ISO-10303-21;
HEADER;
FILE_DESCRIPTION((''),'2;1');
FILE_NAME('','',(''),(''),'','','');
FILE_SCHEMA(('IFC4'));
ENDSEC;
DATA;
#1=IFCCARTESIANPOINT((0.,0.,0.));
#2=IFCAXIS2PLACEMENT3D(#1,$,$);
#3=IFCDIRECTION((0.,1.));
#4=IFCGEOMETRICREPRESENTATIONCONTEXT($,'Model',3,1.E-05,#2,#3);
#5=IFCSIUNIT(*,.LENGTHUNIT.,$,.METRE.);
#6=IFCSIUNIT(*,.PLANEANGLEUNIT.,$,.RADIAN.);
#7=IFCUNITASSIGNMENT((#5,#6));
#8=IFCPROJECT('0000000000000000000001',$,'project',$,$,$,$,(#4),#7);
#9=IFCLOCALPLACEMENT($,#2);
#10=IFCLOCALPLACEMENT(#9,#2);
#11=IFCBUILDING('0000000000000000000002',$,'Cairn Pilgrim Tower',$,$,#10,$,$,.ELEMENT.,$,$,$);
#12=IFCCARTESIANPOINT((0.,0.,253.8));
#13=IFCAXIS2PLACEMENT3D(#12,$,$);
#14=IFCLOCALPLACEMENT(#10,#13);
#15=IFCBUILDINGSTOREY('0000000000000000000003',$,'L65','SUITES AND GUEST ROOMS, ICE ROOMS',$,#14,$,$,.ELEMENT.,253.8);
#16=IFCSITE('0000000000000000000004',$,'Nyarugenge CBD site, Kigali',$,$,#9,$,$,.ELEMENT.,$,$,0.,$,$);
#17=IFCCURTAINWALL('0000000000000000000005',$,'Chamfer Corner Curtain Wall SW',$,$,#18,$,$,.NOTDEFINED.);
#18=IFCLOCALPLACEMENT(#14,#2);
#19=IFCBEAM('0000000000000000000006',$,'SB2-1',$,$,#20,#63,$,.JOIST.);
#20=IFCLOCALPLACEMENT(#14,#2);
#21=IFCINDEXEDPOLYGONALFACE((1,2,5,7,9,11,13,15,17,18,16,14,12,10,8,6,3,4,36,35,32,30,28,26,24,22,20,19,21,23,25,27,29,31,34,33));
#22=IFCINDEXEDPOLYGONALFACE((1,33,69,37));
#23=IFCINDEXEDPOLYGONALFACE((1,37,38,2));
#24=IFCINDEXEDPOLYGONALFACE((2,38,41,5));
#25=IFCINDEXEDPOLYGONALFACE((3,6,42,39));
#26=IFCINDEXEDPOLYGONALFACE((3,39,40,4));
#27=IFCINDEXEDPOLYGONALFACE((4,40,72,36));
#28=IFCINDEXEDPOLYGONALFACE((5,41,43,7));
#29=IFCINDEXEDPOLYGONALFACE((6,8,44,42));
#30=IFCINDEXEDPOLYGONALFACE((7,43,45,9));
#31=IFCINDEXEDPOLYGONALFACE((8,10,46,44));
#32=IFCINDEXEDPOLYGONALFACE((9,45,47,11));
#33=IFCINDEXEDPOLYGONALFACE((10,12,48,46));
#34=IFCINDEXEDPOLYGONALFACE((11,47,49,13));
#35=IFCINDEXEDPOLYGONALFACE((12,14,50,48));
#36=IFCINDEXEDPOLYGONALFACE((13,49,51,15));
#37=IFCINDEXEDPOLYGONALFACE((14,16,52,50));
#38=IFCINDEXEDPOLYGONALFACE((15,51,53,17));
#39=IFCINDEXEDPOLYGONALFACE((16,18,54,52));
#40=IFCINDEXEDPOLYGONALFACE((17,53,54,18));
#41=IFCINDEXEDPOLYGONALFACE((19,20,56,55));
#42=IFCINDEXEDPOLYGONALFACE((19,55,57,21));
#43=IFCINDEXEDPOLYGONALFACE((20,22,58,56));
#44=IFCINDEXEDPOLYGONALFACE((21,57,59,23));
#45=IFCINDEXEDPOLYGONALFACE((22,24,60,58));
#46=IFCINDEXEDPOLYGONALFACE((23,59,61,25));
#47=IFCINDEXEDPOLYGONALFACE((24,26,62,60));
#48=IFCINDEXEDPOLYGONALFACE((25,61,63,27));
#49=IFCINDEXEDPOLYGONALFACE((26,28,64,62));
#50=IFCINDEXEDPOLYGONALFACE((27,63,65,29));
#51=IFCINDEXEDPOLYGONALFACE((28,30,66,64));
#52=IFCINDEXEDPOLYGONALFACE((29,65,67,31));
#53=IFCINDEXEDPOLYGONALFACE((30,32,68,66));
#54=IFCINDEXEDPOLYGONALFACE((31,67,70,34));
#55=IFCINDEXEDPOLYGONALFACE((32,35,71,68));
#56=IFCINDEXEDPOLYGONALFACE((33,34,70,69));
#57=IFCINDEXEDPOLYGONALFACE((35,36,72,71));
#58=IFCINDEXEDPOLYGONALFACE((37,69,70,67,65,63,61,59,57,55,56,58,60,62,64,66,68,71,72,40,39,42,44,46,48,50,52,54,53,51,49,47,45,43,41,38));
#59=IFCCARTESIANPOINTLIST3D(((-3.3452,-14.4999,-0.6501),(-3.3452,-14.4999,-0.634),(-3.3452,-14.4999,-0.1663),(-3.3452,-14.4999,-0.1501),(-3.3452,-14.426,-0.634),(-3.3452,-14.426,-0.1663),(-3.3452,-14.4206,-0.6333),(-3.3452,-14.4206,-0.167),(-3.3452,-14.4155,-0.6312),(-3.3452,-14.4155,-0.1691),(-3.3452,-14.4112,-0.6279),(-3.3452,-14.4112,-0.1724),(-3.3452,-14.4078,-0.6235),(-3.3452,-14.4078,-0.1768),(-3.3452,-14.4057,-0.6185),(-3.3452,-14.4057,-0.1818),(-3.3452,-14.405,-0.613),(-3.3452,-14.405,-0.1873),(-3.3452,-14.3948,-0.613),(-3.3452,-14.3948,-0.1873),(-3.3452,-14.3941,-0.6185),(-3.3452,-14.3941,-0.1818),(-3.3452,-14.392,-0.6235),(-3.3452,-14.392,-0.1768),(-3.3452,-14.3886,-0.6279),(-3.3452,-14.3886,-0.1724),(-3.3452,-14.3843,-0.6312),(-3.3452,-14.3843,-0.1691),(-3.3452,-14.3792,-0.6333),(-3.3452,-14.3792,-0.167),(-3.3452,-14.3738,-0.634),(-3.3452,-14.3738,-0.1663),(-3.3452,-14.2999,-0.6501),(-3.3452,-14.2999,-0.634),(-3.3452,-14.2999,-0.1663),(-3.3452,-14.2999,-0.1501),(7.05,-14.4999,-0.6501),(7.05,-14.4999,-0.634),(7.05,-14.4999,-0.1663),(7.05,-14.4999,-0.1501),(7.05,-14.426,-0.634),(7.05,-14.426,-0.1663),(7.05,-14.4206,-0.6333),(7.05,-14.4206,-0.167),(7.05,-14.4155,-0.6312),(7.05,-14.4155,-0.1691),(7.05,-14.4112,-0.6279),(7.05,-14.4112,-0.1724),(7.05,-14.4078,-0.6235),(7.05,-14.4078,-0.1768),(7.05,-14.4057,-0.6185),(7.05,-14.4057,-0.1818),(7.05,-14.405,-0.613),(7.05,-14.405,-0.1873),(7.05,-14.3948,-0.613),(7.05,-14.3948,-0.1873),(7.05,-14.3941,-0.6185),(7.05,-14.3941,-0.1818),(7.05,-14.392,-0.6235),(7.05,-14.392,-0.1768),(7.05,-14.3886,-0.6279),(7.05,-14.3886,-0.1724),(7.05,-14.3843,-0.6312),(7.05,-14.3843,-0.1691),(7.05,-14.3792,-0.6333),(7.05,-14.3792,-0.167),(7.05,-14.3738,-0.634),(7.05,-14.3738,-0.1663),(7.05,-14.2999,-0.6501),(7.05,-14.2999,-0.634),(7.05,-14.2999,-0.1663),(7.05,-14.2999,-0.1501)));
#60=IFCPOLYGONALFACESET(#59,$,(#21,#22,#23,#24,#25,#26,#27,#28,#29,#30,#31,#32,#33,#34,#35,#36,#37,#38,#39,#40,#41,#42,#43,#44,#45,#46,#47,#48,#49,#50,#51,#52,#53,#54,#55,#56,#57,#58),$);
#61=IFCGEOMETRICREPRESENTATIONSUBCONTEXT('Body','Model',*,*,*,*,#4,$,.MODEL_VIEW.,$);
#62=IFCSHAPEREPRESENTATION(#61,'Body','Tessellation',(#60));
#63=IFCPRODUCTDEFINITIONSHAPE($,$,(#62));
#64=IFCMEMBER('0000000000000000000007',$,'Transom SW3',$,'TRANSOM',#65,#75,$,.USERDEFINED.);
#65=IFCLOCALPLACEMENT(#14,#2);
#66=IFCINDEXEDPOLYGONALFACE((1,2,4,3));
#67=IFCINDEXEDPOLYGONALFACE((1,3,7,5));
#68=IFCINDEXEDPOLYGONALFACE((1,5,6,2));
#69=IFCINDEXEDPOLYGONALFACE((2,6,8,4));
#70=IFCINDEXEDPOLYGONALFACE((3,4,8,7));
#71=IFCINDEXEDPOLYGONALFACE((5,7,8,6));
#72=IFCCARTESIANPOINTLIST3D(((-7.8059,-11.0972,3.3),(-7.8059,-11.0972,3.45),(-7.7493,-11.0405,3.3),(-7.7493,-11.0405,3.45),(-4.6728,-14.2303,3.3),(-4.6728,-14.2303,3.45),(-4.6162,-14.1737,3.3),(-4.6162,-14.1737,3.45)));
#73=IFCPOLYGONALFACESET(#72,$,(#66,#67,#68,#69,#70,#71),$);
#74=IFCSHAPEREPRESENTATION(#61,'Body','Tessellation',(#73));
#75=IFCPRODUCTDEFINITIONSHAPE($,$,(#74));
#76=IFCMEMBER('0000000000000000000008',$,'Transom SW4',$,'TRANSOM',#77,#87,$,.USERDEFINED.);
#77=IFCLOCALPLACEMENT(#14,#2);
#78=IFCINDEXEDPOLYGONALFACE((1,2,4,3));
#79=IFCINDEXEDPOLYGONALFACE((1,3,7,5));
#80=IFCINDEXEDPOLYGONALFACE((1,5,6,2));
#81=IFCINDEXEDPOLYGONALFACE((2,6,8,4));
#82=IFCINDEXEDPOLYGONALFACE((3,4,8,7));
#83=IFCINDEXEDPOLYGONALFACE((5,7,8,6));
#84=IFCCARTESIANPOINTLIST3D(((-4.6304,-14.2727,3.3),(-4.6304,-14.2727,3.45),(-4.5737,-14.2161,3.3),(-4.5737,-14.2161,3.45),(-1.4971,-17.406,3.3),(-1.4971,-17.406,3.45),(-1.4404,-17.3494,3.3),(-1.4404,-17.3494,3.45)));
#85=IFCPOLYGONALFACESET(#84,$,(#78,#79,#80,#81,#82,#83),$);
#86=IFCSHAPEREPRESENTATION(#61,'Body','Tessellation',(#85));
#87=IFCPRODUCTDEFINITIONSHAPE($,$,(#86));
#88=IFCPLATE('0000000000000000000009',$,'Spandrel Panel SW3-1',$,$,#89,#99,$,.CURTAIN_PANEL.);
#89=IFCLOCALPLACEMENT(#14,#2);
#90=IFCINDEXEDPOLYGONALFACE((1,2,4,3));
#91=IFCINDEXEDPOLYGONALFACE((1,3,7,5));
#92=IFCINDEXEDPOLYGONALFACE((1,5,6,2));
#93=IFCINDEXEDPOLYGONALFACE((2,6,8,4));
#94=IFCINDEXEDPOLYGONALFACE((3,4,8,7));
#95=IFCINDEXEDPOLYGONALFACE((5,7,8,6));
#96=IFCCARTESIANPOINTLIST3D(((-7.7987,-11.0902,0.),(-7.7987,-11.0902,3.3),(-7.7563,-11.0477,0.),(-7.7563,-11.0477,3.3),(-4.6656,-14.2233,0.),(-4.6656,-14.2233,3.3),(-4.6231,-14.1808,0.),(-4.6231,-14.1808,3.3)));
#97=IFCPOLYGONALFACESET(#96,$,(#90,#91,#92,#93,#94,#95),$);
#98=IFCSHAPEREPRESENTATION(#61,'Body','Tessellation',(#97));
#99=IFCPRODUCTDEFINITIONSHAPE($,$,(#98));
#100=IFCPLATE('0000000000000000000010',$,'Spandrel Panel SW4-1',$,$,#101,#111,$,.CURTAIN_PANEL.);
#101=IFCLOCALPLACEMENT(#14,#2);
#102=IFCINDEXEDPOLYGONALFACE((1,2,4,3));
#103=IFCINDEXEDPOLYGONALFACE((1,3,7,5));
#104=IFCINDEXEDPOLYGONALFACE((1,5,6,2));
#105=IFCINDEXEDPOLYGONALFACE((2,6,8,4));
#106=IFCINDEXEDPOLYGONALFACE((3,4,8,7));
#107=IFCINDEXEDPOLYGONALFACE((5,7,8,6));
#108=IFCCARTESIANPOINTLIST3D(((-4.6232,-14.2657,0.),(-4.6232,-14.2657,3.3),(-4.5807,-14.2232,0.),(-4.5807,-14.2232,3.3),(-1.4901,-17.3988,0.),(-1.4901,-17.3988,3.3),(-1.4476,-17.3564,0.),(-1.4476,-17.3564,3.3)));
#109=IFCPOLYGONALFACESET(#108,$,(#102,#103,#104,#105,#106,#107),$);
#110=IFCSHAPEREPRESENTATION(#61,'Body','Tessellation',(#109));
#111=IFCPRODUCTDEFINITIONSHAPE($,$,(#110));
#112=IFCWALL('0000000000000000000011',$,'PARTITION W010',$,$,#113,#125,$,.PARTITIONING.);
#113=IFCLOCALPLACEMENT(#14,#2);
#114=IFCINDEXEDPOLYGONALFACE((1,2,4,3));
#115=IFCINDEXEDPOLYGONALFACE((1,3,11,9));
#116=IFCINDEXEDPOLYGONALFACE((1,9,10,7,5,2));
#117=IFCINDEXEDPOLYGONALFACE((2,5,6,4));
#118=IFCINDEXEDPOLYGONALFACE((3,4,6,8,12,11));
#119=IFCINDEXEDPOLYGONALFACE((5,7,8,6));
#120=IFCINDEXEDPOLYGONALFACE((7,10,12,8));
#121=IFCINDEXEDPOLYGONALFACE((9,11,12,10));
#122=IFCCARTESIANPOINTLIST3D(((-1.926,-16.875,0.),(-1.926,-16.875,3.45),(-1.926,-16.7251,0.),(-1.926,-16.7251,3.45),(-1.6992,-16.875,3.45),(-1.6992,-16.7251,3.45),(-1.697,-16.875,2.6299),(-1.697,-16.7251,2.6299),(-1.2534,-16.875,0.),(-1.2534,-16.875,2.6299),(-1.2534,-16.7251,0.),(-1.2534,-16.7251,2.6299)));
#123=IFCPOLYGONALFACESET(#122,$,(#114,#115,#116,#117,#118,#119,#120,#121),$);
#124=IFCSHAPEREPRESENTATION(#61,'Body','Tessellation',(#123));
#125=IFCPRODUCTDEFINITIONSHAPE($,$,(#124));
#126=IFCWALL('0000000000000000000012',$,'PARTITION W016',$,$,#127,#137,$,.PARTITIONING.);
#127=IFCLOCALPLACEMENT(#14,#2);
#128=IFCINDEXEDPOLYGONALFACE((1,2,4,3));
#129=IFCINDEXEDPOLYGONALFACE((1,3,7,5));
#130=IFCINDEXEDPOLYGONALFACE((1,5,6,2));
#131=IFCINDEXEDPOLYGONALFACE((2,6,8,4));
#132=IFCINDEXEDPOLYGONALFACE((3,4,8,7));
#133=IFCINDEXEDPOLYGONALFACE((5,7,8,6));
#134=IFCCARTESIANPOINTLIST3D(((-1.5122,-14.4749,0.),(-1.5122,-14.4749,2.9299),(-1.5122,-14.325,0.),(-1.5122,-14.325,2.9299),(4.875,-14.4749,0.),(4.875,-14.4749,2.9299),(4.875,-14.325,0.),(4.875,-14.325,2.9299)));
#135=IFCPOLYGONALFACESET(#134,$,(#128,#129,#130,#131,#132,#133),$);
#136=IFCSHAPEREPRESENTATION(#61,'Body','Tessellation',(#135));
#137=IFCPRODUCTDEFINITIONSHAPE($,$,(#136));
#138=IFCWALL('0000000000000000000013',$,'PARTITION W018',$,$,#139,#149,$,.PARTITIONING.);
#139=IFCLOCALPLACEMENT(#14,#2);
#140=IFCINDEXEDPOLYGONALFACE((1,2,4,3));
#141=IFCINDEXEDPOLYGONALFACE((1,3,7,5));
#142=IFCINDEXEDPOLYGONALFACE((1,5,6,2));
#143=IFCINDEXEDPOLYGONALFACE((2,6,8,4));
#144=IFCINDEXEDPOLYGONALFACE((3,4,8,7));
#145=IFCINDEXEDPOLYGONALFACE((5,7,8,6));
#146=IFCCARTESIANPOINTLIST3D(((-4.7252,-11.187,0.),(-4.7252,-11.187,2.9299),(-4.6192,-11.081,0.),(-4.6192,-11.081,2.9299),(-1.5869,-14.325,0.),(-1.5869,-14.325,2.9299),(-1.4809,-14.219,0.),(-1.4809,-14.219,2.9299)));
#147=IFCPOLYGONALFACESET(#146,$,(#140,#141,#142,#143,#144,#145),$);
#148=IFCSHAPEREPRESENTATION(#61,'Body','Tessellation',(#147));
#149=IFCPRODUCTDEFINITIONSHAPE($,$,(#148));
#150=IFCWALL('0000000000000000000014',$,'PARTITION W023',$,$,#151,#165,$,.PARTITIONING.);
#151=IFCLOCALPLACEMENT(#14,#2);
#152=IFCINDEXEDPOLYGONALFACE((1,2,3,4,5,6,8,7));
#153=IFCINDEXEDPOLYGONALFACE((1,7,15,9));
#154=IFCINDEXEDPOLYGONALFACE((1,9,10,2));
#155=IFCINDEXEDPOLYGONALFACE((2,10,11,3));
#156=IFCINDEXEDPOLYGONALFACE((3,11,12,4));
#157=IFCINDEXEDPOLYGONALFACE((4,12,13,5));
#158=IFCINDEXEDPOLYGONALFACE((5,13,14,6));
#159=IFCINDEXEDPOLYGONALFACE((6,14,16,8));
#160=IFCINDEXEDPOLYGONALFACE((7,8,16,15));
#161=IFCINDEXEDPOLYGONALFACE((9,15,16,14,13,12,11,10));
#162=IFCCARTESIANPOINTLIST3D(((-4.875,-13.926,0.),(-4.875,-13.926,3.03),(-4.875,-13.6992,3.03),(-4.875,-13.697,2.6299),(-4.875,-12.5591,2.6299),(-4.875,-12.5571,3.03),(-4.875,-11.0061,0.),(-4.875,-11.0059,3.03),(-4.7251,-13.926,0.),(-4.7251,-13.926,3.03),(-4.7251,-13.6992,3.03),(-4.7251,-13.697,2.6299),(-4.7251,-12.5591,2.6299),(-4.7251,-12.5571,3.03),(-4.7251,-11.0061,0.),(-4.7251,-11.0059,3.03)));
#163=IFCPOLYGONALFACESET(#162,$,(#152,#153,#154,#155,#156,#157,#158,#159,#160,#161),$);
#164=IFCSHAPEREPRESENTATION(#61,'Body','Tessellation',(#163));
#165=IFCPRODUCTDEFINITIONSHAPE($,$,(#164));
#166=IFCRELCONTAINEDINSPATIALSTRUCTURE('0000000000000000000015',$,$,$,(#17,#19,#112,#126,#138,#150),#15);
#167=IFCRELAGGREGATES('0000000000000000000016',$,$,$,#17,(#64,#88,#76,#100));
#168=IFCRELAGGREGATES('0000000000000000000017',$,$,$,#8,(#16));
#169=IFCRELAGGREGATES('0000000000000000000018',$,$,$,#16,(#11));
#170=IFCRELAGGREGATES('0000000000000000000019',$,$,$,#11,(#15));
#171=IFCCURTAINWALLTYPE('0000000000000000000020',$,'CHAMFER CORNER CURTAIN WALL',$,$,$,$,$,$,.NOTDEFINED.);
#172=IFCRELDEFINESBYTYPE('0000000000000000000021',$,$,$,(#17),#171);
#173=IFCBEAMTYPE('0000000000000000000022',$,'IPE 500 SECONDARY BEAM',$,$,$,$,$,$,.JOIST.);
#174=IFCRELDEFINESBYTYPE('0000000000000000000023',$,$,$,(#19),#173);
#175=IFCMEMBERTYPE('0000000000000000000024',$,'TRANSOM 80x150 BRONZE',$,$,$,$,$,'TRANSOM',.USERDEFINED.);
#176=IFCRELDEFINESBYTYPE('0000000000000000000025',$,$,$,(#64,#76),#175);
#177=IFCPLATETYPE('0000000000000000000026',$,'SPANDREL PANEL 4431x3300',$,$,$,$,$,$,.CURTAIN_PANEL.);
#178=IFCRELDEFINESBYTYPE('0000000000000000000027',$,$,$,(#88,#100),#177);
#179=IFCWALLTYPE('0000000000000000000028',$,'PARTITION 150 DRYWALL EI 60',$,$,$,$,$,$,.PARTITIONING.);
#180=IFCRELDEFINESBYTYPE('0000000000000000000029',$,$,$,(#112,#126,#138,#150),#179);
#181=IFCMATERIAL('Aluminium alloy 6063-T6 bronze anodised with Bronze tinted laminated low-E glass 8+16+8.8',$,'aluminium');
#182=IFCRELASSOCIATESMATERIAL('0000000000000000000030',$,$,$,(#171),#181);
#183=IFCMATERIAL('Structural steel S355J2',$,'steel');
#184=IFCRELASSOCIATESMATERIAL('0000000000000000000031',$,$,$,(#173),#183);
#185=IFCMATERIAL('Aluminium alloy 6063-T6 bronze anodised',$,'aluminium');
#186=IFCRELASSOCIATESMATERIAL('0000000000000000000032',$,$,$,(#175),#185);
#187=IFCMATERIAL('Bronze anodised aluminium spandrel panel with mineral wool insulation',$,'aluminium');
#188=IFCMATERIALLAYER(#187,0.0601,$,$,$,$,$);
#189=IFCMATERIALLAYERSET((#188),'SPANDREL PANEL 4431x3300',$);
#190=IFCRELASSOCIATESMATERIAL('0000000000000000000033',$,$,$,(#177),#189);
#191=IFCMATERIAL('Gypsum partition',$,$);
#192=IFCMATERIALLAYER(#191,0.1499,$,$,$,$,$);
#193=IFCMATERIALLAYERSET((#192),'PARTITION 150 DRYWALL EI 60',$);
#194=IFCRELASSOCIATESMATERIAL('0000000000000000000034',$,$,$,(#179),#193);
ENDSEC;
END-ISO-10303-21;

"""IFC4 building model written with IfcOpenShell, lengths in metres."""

from ifc_helpers import new_model, si_unit, direction, frame, frame_2d, origin, origin_2d, place, context, subcontext, project, spatial, polyline, rectangle, i_section, outline, extrude, material, layer, layer_set, material_profile, profile_set, type_object, element, aggregate, save


model = new_model("IFC4")

# Units and contexts
model_context = context("Model", 3, precision=1e-05, world=origin(), true_north=direction((0.0, 1.0)))
body_context = subcontext(model_context, "Body", "Model", "MODEL_VIEW")
ifc_project = project(units=[si_unit("LENGTHUNIT", "METRE"), si_unit("PLANEANGLEUNIT", "RADIAN")], contexts=[model_context])

# Site, building, storey
site_placement = place(None, origin())
site = spatial("IfcSite", under=ifc_project, at=site_placement, Name="Nyarugenge CBD site, Kigali", CompositionType="ELEMENT", RefElevation=0.0)
building_placement = place(site_placement, origin())
building = spatial("IfcBuilding", under=site, at=building_placement, Name="Cairn Pilgrim Tower", CompositionType="ELEMENT")
storey_placement = place(building_placement, frame((0.0, 0.0, 253.8)))
storey = spatial("IfcBuildingStorey", under=building, at=storey_placement, Name="L65", Description="SUITES AND GUEST ROOMS, ICE ROOMS", CompositionType="ELEMENT", Elevation=253.8)

# Shared definitions
ifc_material_1 = material(Name="Structural steel S355J2", Category="steel")

# Curtain wall
ifc_material_2 = material(Name="Aluminium alloy 6063-T6 bronze anodised with Bronze tinted laminated low-E glass 8+16+8.8", Category="aluminium")
curtain_wall_type = type_object("IfcCurtainWallType", Name="CHAMFER CORNER CURTAIN WALL", PredefinedType="NOTDEFINED", material=ifc_material_2)
curtain_wall_placement = place(storey_placement, origin())
curtain_wall = element("IfcCurtainWall", 1, at=curtain_wall_placement, inside=storey, type_object=curtain_wall_type, Name="Chamfer Corner Curtain Wall SW", PredefinedType="NOTDEFINED")
ifc_material_3 = material(Name="Aluminium alloy 6063-T6 bronze anodised", Category="aluminium")

# Beam
ifc_material_profile_1 = material_profile(ifc_material_1, i_section(OverallWidth=0.2, OverallDepth=0.5, WebThickness=0.0103, FlangeThickness=0.0161, FilletRadius=0.021, at=origin_2d()), Name="IPE 500")
ifc_profile_set_1 = profile_set([ifc_material_profile_1], Name="Structural steel S355J2")
beam_type_1 = type_object("IfcBeamType", Name="IPE 500 SECONDARY BEAM", PredefinedType="JOIST", material=ifc_profile_set_1)
beam_1_placement = place(storey_placement, frame((-3.3452, -14.3999, -0.4001), z_axis=(1.0, 0.0, 0.0), x_axis=(0.0, 1.0, 0.0)))
element("IfcBeam", 2, at=beam_1_placement, inside=storey, type_object=beam_type_1, Name="SB2-1", PredefinedType="JOIST", context=body_context, shape_type="SweptSolid", body=[
    extrude(i_section(OverallWidth=0.2, OverallDepth=0.5, WebThickness=0.0103, FlangeThickness=0.0161, FilletRadius=0.021, at=origin_2d()), origin(), (0.0, 0.0, 1.0), 10.3953),
])

# Members
ifc_material_profile_2 = material_profile(ifc_material_3, rectangle(XDim=0.0801, YDim=0.1499, at=origin_2d()), Name="TRANSOM 80x150 BRONZE")
ifc_profile_set_2 = profile_set([ifc_material_profile_2], Name="Aluminium alloy 6063-T6 bronze anodised")
member_type_1 = type_object("IfcMemberType", Name="TRANSOM 80x150 BRONZE", ElementType="TRANSOM", PredefinedType="USERDEFINED", material=ifc_profile_set_2)
member_1_placement = place(storey_placement, frame((-7.7776, -11.0688, 3.375), z_axis=(0.707107, -0.707107, 0.0), x_axis=(0.707107, 0.707107, 0.0)))
member_1 = element("IfcMember", 3, at=member_1_placement, type_object=member_type_1, Name="Transom SW3", ObjectType="TRANSOM", PredefinedType="USERDEFINED", context=body_context, shape_type="SweptSolid", body=[
    extrude(rectangle(XDim=0.0801, YDim=0.1499, at=origin_2d()), origin(), (0.0, 0.0, 1.0), 4.4309),
])
member_2_placement = place(storey_placement, frame((-4.6021, -14.2444, 3.375), z_axis=(0.707107, -0.707107, 0.0), x_axis=(0.707107, 0.707107, 0.0)))
member_2 = element("IfcMember", 4, at=member_2_placement, type_object=member_type_1, Name="Transom SW4", ObjectType="TRANSOM", PredefinedType="USERDEFINED", context=body_context, shape_type="SweptSolid", body=[
    extrude(rectangle(XDim=0.0801, YDim=0.1499, at=origin_2d()), origin(), (0.0, 0.0, 1.0), 4.4312),
])

# Plates
ifc_material_4 = material(Name="Bronze anodised aluminium spandrel panel with mineral wool insulation", Category="aluminium")
ifc_layer_1 = layer(ifc_material_4, 0.0601)
ifc_layer_set_1 = layer_set([ifc_layer_1], Name="SPANDREL PANEL 4431x3300")
plate_type = type_object("IfcPlateType", Name="SPANDREL PANEL 4431x3300", PredefinedType="CURTAIN_PANEL", material=ifc_layer_set_1)
plate_1_placement = place(storey_placement, frame((-6.2109, -12.6355, 0.0), z_axis=(0.0, 0.0, 1.0), x_axis=(0.707107, -0.707107, 0.0)))
plate_1 = element("IfcPlate", 5, at=plate_1_placement, type_object=plate_type, Name="Spandrel Panel SW3-1", PredefinedType="CURTAIN_PANEL", context=body_context, shape_type="SweptSolid", body=[
    extrude(rectangle(XDim=4.4309, YDim=0.0601, at=origin_2d()), origin(), (0.0, 0.0, 1.0), 3.3),
])
plate_2_placement = place(storey_placement, frame((-3.0354, -15.811, 0.0), z_axis=(0.0, 0.0, 1.0), x_axis=(0.707107, -0.707107, 0.0)))
plate_2 = element("IfcPlate", 6, at=plate_2_placement, type_object=plate_type, Name="Spandrel Panel SW4-1", PredefinedType="CURTAIN_PANEL", context=body_context, shape_type="SweptSolid", body=[
    extrude(rectangle(XDim=4.4309, YDim=0.0601, at=origin_2d()), origin(), (0.0, 0.0, 1.0), 3.3),
])
aggregate(curtain_wall, [member_1, plate_1, member_2, plate_2])

# Walls
ifc_material_5 = material(Name="Gypsum partition")
ifc_layer_2 = layer(ifc_material_5, 0.1499)
ifc_layer_set_2 = layer_set([ifc_layer_2], Name="PARTITION 150 DRYWALL EI 60")
wall_type_1 = type_object("IfcWallType", Name="PARTITION 150 DRYWALL EI 60", PredefinedType="PARTITIONING", material=ifc_layer_set_2)
wall_1_placement = place(storey_placement, frame((-1.926, -16.8, 0.0), z_axis=(0.0, 0.0, 1.0), x_axis=(1.0, 0.0, 0.0)))
element("IfcWall", 7, at=wall_1_placement, inside=storey, type_object=wall_type_1, Name="PARTITION W010", PredefinedType="PARTITIONING", context=body_context, shape_type="SweptSolid", body=[
    extrude(outline(polyline([(0.0, 0.0), (0.6726, 0.0), (0.6726, 2.6299), (0.229, 2.6299), (0.2268, 3.45), (0.0, 3.45), (0.0, 0.0)])), frame((0.0, 0.075, 0.0), z_axis=(0.0, -1.0, 0.0), x_axis=(1.0, 0.0, 0.0)), (0.0, 0.0, 1.0), 0.1499),
])
wall_2_placement = place(storey_placement, frame((-1.5122, -14.3999, 0.0), z_axis=(0.0, 0.0, 1.0), x_axis=(1.0, 0.0, 0.0)))
element("IfcWall", 8, at=wall_2_placement, inside=storey, type_object=wall_type_1, Name="PARTITION W016", PredefinedType="PARTITIONING", context=body_context, shape_type="SweptSolid", body=[
    extrude(rectangle(XDim=6.3872, YDim=0.1499, at=frame_2d((3.1936, 0.0))), origin(), (0.0, 0.0, 1.0), 2.9299),
])
wall_3_placement = place(storey_placement, frame((-1.5339, -14.272, 0.0), z_axis=(0.0, 0.0, 1.0), x_axis=(-0.707134, 0.707079, 0.0)))
element("IfcWall", 9, at=wall_3_placement, inside=storey, type_object=wall_type_1, Name="PARTITION W018", PredefinedType="PARTITIONING", context=body_context, shape_type="SweptSolid", body=[
    extrude(rectangle(XDim=4.438, YDim=0.1499, at=frame_2d((2.219, 0.0))), origin(), (0.0, 0.0, 1.0), 2.9299),
])
wall_4_placement = place(storey_placement, frame((-4.8, -13.926, 0.0), z_axis=(0.0, 0.0, 1.0), x_axis=(0.0, 1.0, 0.0)))
element("IfcWall", 10, at=wall_4_placement, inside=storey, type_object=wall_type_1, Name="PARTITION W023", PredefinedType="PARTITIONING", context=body_context, shape_type="SweptSolid", body=[
    extrude(outline(polyline([(0.0, 0.0), (2.9199, 0.0), (2.9202, 3.03), (1.3689, 3.03), (1.3669, 2.6299), (0.229, 2.6299), (0.2268, 3.03), (0.0, 3.03), (0.0, 0.0)])), frame((0.0, 0.075, 0.0), z_axis=(0.0, -1.0, 0.0), x_axis=(1.0, 0.0, 0.0)), (0.0, 0.0, 1.0), 0.1499),
])

save(model, "model.ifc")
